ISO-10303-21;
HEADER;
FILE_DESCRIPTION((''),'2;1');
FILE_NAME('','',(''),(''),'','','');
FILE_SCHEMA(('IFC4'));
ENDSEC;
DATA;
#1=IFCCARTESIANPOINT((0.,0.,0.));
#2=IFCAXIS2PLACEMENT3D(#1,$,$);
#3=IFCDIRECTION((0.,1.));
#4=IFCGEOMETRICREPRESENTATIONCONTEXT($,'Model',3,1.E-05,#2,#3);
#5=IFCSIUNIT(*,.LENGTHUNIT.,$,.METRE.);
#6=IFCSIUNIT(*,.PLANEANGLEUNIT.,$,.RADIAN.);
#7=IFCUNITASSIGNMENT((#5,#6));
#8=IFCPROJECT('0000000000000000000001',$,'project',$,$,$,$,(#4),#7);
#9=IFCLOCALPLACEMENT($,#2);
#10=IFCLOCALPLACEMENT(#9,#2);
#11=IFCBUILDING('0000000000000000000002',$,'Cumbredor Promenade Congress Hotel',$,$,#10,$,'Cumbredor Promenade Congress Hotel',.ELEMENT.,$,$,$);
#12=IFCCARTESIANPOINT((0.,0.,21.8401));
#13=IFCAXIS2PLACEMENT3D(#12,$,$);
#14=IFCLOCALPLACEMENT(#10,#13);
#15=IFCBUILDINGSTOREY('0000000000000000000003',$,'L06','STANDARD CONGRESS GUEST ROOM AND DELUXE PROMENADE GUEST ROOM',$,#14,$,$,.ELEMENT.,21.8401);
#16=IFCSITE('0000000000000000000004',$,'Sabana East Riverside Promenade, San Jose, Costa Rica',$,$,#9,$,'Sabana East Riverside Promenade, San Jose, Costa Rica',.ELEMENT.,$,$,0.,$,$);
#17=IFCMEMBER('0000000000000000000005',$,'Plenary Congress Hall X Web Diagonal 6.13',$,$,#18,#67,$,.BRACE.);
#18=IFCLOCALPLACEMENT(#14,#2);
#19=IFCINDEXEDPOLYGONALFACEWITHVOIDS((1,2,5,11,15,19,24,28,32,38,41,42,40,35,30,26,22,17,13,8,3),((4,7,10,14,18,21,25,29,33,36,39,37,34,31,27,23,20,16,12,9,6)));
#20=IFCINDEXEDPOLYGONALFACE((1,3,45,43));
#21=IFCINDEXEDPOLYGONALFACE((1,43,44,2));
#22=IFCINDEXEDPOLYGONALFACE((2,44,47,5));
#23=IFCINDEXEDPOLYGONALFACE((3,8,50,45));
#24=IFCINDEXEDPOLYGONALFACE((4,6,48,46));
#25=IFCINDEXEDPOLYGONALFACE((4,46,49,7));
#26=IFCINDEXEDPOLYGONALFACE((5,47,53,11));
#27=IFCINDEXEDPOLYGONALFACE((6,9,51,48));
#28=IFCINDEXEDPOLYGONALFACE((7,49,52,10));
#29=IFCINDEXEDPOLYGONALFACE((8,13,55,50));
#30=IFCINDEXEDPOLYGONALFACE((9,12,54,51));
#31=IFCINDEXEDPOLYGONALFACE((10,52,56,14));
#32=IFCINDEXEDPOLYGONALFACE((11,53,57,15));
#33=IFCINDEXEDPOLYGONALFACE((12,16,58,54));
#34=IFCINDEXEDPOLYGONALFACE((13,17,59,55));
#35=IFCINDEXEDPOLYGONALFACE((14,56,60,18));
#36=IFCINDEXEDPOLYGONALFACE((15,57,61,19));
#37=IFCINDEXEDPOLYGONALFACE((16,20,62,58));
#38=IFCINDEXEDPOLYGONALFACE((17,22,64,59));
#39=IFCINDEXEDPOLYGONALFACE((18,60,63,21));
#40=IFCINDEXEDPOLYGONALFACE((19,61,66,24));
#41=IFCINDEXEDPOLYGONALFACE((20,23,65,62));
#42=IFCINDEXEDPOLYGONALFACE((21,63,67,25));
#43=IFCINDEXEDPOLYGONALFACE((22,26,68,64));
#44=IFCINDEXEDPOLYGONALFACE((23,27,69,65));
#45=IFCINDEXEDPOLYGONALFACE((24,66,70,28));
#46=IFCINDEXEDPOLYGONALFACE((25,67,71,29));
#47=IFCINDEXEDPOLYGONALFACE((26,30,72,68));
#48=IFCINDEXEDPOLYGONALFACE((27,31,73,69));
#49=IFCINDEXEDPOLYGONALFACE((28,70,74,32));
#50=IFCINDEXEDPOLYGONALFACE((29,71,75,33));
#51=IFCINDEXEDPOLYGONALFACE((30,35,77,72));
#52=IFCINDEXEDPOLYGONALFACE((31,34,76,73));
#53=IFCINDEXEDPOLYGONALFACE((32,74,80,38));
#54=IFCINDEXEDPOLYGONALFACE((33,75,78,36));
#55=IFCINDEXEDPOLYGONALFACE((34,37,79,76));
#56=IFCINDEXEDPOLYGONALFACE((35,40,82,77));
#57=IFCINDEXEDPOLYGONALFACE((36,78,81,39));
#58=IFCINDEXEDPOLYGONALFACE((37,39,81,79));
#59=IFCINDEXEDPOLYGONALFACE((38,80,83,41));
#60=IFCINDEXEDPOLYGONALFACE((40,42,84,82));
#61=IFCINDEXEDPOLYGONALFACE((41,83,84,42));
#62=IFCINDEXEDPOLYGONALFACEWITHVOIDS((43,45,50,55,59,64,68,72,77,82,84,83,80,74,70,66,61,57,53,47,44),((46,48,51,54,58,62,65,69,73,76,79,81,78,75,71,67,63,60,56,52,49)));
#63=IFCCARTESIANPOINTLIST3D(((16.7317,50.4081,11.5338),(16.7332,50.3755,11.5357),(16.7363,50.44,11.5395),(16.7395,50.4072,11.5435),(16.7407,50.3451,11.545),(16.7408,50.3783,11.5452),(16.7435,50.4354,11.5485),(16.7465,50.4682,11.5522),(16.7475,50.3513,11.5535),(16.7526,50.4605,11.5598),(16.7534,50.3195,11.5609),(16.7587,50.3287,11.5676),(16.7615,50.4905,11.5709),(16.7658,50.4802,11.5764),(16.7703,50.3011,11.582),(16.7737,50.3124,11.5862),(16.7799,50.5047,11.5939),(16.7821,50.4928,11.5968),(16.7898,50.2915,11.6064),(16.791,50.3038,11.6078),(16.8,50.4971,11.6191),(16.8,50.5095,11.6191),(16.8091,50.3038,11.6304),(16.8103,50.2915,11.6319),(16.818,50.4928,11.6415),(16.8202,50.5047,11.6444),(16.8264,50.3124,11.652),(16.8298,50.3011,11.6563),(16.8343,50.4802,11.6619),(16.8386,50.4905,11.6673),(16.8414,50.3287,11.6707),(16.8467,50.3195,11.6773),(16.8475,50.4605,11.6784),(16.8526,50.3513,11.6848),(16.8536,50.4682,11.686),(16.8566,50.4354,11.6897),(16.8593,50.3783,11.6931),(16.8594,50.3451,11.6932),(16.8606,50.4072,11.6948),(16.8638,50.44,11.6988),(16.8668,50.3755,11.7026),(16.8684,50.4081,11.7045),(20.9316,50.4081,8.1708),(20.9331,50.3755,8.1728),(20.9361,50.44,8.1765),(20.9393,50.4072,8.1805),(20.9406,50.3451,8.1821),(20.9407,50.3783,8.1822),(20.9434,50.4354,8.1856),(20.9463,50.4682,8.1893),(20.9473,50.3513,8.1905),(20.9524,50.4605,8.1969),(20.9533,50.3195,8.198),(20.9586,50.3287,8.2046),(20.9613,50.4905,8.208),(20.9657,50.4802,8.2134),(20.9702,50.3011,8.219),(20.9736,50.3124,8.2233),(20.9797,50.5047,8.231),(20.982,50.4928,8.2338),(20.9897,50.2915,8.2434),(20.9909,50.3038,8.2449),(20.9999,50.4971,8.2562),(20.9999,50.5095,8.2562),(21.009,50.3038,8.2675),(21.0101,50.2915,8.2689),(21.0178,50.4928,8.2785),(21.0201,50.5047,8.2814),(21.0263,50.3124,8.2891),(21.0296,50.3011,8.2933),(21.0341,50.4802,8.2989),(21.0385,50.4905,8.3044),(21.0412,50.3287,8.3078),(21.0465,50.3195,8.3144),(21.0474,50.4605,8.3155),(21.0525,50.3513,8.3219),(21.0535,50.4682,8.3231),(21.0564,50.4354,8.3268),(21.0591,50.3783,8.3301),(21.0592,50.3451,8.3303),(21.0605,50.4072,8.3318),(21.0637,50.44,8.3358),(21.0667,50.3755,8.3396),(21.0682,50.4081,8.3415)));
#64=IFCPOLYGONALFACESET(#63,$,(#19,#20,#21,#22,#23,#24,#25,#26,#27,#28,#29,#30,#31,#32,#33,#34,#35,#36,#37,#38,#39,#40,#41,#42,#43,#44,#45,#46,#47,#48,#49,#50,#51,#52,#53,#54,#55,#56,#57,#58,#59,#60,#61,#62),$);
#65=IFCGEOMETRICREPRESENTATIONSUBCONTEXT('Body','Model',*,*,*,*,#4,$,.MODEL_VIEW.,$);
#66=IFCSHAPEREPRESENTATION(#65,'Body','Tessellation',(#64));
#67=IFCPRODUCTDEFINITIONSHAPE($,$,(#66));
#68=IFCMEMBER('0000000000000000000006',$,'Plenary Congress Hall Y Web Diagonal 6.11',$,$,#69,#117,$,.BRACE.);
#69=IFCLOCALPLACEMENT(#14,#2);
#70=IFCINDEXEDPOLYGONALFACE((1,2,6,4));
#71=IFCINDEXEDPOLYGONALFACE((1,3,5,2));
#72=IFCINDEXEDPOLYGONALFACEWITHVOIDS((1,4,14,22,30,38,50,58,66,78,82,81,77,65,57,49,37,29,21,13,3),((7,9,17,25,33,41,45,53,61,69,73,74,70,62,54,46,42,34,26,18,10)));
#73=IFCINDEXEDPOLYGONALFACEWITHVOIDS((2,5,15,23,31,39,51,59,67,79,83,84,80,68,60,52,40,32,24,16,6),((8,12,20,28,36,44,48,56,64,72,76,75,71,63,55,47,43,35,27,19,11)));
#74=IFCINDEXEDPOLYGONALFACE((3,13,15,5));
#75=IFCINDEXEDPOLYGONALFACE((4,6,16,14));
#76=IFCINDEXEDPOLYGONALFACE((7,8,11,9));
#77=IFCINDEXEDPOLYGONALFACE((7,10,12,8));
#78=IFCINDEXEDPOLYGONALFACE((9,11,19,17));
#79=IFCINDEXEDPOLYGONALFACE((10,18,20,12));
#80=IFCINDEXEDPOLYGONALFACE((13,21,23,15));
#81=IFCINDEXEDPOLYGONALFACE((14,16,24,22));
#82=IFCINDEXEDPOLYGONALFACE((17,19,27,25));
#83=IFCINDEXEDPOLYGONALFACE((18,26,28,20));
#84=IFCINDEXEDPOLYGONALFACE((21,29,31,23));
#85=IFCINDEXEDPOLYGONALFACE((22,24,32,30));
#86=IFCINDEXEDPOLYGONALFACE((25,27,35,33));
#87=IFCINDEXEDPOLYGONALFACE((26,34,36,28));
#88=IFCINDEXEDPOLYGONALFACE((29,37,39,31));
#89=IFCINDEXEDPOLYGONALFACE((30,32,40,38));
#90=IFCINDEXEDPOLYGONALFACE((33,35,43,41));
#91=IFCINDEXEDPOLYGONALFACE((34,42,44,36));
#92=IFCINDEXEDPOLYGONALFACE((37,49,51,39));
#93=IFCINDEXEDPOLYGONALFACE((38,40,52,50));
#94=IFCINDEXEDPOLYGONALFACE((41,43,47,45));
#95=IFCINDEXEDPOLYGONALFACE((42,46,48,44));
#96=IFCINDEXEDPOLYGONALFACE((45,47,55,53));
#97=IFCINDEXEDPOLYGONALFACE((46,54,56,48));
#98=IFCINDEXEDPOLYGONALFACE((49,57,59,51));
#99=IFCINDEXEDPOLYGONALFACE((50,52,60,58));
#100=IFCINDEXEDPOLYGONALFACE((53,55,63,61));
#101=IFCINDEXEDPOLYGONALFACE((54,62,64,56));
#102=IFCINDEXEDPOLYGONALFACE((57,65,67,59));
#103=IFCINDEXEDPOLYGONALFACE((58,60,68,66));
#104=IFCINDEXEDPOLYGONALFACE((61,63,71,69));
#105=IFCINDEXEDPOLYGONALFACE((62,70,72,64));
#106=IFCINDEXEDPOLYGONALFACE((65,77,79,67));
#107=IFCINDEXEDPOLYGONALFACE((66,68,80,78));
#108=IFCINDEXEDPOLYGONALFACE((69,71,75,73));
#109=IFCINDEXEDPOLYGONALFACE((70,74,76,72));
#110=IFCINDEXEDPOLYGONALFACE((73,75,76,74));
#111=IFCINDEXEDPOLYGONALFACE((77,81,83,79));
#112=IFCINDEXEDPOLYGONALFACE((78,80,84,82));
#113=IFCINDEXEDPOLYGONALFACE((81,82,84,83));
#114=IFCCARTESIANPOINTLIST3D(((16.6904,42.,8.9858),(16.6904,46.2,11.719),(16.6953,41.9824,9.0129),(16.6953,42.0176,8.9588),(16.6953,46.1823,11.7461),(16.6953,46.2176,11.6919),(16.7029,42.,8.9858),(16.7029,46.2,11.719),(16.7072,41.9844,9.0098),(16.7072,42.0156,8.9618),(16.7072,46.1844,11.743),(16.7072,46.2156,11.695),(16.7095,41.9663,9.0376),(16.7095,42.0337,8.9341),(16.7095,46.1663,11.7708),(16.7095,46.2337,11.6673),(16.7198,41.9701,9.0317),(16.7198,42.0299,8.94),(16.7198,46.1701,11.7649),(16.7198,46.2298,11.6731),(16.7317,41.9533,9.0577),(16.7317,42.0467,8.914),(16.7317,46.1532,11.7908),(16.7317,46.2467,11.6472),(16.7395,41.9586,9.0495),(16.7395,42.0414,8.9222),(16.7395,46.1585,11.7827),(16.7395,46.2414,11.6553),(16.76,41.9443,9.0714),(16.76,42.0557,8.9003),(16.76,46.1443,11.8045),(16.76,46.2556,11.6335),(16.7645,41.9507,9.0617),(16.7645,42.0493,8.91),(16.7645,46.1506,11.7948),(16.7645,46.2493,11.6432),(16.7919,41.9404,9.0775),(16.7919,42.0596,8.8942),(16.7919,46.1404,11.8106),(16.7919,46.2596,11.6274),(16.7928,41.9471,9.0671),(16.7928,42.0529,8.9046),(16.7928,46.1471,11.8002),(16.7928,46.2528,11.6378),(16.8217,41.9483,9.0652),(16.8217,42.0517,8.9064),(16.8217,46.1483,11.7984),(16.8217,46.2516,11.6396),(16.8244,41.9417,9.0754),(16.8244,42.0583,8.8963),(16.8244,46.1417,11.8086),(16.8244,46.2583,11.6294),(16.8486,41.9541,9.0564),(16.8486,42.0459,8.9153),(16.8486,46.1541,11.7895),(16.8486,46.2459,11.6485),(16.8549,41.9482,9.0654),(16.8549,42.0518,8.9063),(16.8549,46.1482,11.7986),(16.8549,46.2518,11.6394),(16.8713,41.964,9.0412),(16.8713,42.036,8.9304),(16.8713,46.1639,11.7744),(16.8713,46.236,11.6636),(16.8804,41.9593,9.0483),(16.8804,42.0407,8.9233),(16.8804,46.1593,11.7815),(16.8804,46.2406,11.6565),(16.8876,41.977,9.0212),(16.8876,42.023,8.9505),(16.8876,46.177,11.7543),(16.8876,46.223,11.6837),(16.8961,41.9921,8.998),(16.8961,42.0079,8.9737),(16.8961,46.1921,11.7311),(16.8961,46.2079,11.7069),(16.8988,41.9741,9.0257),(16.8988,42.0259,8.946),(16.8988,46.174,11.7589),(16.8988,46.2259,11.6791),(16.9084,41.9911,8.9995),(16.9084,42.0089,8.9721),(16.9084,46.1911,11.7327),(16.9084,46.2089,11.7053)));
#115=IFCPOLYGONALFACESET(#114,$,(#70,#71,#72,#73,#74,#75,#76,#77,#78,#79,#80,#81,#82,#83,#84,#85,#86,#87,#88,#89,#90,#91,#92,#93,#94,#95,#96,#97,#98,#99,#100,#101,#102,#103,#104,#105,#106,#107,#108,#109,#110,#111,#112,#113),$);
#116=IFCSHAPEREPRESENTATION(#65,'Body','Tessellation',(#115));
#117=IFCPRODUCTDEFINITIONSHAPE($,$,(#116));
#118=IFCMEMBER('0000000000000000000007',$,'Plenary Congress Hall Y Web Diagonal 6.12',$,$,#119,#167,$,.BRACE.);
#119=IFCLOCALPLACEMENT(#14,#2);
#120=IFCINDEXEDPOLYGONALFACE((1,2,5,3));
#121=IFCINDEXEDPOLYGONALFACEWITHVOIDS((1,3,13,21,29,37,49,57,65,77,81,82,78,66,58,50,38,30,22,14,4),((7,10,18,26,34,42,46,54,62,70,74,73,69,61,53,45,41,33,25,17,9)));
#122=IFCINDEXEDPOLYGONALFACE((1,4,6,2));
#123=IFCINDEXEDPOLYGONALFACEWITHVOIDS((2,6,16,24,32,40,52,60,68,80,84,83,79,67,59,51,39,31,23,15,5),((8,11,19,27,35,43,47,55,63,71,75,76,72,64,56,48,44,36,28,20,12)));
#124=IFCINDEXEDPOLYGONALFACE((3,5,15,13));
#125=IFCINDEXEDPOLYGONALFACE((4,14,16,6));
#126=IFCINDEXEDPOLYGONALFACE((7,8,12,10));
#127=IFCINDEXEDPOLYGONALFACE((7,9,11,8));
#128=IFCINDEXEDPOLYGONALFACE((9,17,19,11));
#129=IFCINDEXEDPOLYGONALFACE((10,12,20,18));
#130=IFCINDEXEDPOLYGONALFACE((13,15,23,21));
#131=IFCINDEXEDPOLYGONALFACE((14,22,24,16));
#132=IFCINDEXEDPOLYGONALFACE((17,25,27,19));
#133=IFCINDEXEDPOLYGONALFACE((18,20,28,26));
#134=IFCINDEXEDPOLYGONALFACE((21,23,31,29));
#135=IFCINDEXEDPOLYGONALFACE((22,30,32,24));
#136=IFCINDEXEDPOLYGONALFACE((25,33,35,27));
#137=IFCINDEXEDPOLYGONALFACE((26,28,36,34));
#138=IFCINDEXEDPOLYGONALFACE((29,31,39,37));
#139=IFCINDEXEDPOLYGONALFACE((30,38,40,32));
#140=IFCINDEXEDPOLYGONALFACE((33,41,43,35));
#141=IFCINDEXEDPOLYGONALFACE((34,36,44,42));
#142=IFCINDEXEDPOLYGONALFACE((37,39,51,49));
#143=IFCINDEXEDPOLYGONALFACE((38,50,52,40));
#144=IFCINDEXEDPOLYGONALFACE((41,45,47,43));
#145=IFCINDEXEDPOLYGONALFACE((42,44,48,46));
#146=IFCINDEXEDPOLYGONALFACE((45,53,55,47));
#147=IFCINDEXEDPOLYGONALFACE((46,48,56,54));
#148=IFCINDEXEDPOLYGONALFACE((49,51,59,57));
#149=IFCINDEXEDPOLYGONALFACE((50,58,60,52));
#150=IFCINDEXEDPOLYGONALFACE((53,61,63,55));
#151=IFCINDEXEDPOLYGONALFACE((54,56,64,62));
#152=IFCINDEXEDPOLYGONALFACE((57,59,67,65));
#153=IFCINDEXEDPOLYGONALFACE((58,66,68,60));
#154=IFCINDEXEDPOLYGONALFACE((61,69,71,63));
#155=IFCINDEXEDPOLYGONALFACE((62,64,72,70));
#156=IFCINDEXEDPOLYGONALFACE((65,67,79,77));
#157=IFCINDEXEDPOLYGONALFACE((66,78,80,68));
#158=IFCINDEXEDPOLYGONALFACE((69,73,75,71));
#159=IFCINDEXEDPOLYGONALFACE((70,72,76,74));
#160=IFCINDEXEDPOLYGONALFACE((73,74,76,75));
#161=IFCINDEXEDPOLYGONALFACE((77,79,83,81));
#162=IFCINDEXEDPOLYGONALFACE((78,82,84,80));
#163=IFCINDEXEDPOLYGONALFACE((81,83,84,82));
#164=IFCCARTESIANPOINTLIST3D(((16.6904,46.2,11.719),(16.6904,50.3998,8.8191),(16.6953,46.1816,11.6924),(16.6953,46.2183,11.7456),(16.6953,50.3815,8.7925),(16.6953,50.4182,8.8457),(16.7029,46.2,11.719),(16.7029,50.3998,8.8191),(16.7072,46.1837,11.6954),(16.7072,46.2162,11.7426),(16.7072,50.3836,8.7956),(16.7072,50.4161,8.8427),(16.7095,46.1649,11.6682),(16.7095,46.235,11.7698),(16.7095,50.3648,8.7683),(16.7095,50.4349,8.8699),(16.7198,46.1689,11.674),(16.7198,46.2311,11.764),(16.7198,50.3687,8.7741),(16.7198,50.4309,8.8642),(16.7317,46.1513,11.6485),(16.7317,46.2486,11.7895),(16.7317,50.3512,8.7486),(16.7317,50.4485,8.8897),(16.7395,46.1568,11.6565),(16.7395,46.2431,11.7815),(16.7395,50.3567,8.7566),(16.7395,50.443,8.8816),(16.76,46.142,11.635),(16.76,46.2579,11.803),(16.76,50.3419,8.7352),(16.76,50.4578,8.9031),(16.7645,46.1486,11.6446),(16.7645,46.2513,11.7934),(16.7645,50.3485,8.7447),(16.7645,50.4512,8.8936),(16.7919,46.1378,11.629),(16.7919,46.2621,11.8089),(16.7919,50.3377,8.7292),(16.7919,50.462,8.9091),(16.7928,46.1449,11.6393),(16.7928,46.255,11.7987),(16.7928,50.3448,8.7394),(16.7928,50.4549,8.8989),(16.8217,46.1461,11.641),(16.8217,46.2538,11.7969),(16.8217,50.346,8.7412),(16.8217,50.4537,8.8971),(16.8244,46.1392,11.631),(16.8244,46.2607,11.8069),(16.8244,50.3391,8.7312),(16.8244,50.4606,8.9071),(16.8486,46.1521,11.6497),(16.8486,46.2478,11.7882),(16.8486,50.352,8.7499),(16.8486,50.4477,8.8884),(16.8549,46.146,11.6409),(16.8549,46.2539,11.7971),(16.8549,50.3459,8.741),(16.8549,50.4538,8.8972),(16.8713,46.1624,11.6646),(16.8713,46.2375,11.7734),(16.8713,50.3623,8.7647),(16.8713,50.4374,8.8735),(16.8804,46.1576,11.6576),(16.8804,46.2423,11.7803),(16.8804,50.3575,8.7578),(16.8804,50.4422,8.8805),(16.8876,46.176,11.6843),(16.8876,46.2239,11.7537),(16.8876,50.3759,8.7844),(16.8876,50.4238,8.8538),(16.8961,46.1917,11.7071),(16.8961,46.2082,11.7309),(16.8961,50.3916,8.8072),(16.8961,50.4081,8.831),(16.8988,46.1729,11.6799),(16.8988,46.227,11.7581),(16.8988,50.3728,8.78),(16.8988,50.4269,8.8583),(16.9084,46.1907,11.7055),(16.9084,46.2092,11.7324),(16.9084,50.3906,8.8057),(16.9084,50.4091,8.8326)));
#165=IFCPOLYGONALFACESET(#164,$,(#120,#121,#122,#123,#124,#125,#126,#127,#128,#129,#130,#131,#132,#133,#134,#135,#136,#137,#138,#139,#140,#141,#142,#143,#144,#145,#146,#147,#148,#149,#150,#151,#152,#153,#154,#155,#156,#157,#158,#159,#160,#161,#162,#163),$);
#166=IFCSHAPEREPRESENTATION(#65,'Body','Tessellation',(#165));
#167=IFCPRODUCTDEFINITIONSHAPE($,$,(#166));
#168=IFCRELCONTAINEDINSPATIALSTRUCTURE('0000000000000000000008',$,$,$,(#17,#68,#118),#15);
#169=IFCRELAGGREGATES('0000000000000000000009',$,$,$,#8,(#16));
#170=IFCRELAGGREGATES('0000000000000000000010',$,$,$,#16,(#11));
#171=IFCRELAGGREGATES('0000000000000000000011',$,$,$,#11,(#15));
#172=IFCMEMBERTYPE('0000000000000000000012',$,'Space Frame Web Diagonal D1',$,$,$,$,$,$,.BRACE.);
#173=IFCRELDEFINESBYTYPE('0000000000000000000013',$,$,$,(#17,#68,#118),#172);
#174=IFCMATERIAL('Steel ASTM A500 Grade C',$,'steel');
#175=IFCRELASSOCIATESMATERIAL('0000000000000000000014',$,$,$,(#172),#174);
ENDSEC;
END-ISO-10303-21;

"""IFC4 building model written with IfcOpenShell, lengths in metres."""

from ifc_helpers import new_model, si_unit, direction, frame, origin, origin_2d, place, context, subcontext, project, spatial, hollow_circle, extrude, material, material_profile, profile_set, type_object, element, save


model = new_model("IFC4")

# Units and contexts
model_context = context("Model", 3, precision=1e-05, world=origin(), true_north=direction((0.0, 1.0)))
body_context = subcontext(model_context, "Body", "Model", "MODEL_VIEW")
ifc_project = project(units=[si_unit("LENGTHUNIT", "METRE"), si_unit("PLANEANGLEUNIT", "RADIAN")], contexts=[model_context])

# Site, building, storey
site_placement = place(None, origin())
site = spatial("IfcSite", under=ifc_project, at=site_placement, Name="Sabana East Riverside Promenade, San Jose, Costa Rica", LongName="Sabana East Riverside Promenade, San Jose, Costa Rica", CompositionType="ELEMENT", RefElevation=0.0)
building_placement = place(site_placement, origin())
building = spatial("IfcBuilding", under=site, at=building_placement, Name="Cumbredor Promenade Congress Hotel", LongName="Cumbredor Promenade Congress Hotel", CompositionType="ELEMENT")
storey_placement = place(building_placement, frame((0.0, 0.0, 21.8401)))
storey = spatial("IfcBuildingStorey", under=building, at=storey_placement, Name="L06", Description="STANDARD CONGRESS GUEST ROOM AND DELUXE PROMENADE GUEST ROOM", CompositionType="ELEMENT", Elevation=21.8401)

# Members
ifc_material_1 = material(Name="Steel ASTM A500 Grade C", Category="steel")
ifc_material_profile_1 = material_profile(ifc_material_1, hollow_circle(Radius=0.1096, WallThickness=0.0125, at=origin_2d()), Name="CHS 219.1x12.5")
ifc_profile_set_1 = profile_set([ifc_material_profile_1], Name="Steel ASTM A500 Grade C")
member_type_1 = type_object("IfcMemberType", Name="Space Frame Web Diagonal D1", PredefinedType="BRACE", material=ifc_profile_set_1)
member_1_placement = place(storey_placement, frame((16.8, 50.3999, 11.6191), z_axis=(0.78059, 0.0, -0.625044), x_axis=(0.0, 1.0, 0.0)))
element("IfcMember", 1, at=member_1_placement, inside=storey, type_object=member_type_1, Name="Plenary Congress Hall X Web Diagonal 6.13", PredefinedType="BRACE", context=body_context, shape_type="SweptSolid", body=[
    extrude(hollow_circle(Radius=0.1096, WallThickness=0.0125, at=origin_2d()), origin(), (0.0, 0.0, 1.0), 5.3804),
])
member_2_placement = place(storey_placement, frame((16.8, 42.0, 8.9858), z_axis=(0.0, 0.838153, 0.545435), x_axis=(-1.0, 0.0, 0.0)))
element("IfcMember", 2, at=member_2_placement, inside=storey, type_object=member_type_1, Name="Plenary Congress Hall Y Web Diagonal 6.11", PredefinedType="BRACE", context=body_context, shape_type="SweptSolid", body=[
    extrude(hollow_circle(Radius=0.1096, WallThickness=0.0125, at=origin_2d()), origin(), (0.0, 0.0, 1.0), 5.011),
])
member_3_placement = place(storey_placement, frame((16.8, 46.2, 11.719), z_axis=(0.0, 0.822903, -0.568182), x_axis=(-1.0, 0.0, 0.0)))
element("IfcMember", 3, at=member_3_placement, inside=storey, type_object=member_type_1, Name="Plenary Congress Hall Y Web Diagonal 6.12", PredefinedType="BRACE", context=body_context, shape_type="SweptSolid", body=[
    extrude(hollow_circle(Radius=0.1096, WallThickness=0.0125, at=origin_2d()), origin(), (0.0, 0.0, 1.0), 5.1038),
])

save(model, "model.ifc")
